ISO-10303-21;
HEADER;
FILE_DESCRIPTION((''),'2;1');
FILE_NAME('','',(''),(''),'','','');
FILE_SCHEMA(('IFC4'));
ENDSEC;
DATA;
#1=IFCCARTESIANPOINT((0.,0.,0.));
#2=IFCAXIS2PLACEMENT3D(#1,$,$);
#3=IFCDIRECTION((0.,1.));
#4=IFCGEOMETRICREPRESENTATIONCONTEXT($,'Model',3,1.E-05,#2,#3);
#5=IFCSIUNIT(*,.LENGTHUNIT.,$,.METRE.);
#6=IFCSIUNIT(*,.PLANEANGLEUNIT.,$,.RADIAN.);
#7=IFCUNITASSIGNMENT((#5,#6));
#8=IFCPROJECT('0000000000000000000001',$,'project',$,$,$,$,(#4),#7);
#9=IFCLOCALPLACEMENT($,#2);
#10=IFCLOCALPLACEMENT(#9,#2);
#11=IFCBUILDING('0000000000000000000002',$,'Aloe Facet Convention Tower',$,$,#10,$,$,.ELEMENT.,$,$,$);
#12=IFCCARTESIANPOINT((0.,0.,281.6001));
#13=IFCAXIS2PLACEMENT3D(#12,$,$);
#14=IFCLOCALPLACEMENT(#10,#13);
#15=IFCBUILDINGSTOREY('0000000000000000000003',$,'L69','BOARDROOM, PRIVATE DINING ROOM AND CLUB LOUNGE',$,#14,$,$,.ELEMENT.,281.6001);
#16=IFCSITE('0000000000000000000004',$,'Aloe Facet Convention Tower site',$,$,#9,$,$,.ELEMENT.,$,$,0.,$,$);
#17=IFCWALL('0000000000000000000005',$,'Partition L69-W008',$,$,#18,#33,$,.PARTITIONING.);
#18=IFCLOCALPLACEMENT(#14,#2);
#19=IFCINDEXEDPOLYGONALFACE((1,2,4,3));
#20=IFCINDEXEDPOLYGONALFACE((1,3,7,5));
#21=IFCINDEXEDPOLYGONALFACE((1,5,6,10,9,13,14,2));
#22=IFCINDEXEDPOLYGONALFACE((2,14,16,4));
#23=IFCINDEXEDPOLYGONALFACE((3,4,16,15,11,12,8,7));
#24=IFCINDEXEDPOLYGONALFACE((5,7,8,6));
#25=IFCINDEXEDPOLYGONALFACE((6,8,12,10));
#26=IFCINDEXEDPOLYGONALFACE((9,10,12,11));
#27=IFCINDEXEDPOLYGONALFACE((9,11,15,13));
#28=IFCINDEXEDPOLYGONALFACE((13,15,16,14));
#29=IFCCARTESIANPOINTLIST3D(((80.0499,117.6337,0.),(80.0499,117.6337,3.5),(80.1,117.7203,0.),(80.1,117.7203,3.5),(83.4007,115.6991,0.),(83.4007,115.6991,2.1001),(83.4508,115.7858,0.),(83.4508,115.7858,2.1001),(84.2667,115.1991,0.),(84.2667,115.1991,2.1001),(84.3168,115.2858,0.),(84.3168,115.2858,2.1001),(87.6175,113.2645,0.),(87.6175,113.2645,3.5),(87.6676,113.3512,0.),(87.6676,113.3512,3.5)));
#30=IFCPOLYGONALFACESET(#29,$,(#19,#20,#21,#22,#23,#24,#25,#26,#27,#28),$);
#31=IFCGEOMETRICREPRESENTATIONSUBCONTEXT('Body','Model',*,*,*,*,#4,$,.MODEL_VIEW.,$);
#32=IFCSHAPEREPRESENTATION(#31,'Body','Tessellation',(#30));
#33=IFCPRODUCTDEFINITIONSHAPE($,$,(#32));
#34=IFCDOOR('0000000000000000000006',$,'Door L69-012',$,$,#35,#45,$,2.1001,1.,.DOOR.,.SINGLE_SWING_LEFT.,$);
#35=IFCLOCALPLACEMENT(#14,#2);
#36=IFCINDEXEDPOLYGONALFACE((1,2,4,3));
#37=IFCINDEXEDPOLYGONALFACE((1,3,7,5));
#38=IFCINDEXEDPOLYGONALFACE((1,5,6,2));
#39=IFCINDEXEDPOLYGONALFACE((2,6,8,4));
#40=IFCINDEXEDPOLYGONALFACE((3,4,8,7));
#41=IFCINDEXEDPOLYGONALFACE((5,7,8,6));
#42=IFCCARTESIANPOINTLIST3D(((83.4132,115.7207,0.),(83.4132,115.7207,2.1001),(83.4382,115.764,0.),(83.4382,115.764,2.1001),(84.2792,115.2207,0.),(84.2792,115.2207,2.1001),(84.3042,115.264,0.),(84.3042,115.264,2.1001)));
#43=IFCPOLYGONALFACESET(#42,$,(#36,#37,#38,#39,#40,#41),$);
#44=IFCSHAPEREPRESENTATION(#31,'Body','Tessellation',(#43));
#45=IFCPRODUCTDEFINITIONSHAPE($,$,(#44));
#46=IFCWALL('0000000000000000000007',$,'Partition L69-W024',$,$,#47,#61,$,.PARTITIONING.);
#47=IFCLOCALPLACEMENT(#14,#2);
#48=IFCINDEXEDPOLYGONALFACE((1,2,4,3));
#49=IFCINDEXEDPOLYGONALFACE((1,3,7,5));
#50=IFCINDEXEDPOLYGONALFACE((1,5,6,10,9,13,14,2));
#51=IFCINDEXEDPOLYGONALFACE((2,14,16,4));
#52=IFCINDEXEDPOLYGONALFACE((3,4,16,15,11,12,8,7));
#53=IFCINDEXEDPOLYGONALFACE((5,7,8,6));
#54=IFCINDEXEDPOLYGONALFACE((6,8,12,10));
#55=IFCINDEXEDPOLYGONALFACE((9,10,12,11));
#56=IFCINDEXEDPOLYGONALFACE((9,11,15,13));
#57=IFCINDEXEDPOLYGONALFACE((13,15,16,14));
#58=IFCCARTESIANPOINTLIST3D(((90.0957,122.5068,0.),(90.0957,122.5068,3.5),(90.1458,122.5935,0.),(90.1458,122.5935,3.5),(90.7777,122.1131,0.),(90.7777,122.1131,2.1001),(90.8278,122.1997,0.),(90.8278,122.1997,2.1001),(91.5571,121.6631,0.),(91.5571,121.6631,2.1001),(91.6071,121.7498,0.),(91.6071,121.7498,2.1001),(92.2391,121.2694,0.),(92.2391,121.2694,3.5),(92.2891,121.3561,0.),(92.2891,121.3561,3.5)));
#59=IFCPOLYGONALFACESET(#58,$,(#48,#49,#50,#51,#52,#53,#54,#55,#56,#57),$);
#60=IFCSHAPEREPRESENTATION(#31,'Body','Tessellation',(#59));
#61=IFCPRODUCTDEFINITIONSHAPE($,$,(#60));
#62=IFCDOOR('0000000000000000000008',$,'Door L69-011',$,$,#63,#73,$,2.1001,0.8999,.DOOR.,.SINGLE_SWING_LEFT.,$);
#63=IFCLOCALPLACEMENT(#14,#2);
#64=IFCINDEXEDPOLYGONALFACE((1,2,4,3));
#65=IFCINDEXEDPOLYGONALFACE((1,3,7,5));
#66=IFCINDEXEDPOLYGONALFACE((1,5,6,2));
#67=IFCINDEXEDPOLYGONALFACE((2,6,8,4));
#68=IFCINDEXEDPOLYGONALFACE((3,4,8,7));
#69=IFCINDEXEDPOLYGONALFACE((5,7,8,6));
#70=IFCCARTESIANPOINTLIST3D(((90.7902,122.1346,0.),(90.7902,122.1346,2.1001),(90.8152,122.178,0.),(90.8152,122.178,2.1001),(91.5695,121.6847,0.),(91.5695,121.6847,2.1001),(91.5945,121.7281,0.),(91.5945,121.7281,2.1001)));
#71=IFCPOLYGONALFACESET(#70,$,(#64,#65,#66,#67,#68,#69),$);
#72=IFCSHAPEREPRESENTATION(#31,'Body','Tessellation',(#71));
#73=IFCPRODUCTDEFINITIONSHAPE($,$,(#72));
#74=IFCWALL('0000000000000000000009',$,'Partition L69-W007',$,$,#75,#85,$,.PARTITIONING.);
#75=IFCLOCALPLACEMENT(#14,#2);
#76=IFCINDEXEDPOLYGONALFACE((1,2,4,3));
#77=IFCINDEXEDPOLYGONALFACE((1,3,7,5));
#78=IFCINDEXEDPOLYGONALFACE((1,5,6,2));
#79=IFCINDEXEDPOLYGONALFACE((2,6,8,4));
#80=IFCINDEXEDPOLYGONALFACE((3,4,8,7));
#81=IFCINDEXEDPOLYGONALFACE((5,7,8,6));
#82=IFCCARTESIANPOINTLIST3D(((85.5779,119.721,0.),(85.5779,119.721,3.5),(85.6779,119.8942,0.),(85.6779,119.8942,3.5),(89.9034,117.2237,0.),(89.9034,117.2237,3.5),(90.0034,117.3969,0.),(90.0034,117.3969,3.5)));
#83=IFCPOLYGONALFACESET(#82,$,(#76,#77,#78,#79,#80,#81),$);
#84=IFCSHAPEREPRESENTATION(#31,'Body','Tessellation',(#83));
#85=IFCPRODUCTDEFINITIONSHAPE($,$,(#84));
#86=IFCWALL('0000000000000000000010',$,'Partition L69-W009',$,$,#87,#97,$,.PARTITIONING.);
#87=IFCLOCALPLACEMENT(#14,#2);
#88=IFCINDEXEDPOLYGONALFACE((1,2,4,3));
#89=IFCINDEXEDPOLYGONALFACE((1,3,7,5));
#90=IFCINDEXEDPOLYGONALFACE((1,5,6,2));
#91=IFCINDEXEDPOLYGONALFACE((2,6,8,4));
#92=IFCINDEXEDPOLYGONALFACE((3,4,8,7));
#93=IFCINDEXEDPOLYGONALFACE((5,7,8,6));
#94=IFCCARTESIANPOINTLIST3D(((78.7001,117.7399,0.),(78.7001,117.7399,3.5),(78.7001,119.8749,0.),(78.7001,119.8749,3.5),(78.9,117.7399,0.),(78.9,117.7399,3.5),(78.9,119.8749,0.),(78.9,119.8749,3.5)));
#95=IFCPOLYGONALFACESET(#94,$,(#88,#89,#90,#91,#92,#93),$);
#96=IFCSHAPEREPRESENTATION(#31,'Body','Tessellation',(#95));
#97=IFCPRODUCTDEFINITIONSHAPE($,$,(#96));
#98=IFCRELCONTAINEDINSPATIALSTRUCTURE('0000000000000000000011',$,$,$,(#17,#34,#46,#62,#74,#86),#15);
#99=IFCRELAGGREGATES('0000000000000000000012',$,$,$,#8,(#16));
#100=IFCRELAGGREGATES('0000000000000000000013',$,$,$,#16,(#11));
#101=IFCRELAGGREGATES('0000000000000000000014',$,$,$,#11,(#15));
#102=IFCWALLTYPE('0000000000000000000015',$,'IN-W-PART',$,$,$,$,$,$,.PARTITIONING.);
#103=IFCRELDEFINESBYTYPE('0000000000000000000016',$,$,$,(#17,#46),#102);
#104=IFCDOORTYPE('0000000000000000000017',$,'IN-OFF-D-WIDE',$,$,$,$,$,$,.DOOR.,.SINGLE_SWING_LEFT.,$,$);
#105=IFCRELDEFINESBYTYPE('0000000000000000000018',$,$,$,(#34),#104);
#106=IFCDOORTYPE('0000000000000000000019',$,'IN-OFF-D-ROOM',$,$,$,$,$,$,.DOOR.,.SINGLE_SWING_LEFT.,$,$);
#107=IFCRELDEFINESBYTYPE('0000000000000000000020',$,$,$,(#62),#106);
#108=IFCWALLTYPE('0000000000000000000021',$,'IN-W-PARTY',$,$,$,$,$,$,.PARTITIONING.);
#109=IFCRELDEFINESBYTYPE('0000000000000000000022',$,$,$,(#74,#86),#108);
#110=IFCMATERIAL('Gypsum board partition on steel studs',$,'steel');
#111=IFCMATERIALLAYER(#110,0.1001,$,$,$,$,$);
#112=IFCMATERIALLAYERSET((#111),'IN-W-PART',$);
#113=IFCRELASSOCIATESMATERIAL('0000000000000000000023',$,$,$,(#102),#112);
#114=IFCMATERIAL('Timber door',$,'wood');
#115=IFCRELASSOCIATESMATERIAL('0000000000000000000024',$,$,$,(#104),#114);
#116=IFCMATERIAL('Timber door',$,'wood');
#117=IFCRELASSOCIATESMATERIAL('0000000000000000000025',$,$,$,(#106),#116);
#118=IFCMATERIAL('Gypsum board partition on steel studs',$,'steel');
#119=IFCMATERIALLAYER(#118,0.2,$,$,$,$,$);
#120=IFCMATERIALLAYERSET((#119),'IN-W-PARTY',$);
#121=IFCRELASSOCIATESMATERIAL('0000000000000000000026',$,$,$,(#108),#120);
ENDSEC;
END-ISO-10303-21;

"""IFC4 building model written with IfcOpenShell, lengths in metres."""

from ifc_helpers import new_model, si_unit, direction, frame, frame_2d, origin, place, context, subcontext, project, spatial, rectangle, extrude, material, layer, layer_set, type_object, element, fill, save


model = new_model("IFC4")

# Units and contexts
model_context = context("Model", 3, precision=1e-05, world=origin(), true_north=direction((0.0, 1.0)))
body_context = subcontext(model_context, "Body", "Model", "MODEL_VIEW")
ifc_project = project(units=[si_unit("LENGTHUNIT", "METRE"), si_unit("PLANEANGLEUNIT", "RADIAN")], contexts=[model_context])

# Site, building, storey
site_placement = place(None, origin())
site = spatial("IfcSite", under=ifc_project, at=site_placement, Name="Aloe Facet Convention Tower site", CompositionType="ELEMENT", RefElevation=0.0)
building_placement = place(site_placement, origin())
building = spatial("IfcBuilding", under=site, at=building_placement, Name="Aloe Facet Convention Tower", CompositionType="ELEMENT")
storey_placement = place(building_placement, frame((0.0, 0.0, 281.6001)))
storey = spatial("IfcBuildingStorey", under=building, at=storey_placement, Name="L69", Description="BOARDROOM, PRIVATE DINING ROOM AND CLUB LOUNGE", CompositionType="ELEMENT", Elevation=281.6001)

# Shared definitions
ifc_material_1 = material(Name="Gypsum board partition on steel studs", Category="steel")
ifc_layer_1 = layer(ifc_material_1, 0.1001)
ifc_layer_set_1 = layer_set([ifc_layer_1], Name="IN-W-PART")
wall_type_1 = type_object("IfcWallType", Name="IN-W-PART", PredefinedType="PARTITIONING", material=ifc_layer_set_1)

# Walls, openings, doors
wall_1_placement = place(storey_placement, frame((80.075, 117.677, 0.0), z_axis=(0.0, 0.0, 1.0), x_axis=(0.866027, -0.499997, 0.0)))
wall_1 = element("IfcWall", 1, at=wall_1_placement, inside=storey, type_object=wall_type_1, Name="Partition L69-W008", PredefinedType="PARTITIONING", context=body_context, shape_type="SweptSolid", body=[
    extrude(rectangle(XDim=8.7383, YDim=0.1001, at=frame_2d((4.3691, 0.0))), origin(), (0.0, 0.0, 1.0), 3.5),
])
opening_1_placement = place(wall_1_placement, frame((3.8691, 0.0, 0.0)))
opening_1 = element("IfcOpeningElement", 2, at=opening_1_placement, cuts=wall_1, PredefinedType="OPENING", context=body_context, shape_type="SweptSolid", body=[
    extrude(rectangle(XDim=1.0, YDim=2.1001, at=frame_2d((0.5, 1.05))), frame((0.0, 0.0601, 0.0), z_axis=(0.0, -1.0, 0.0), x_axis=(1.0, 0.0, 0.0)), (0.0, 0.0, 1.0), 0.1201),
])
ifc_material_2 = material(Name="Timber door", Category="wood")
door_type_1 = type_object("IfcDoorType", Name="IN-OFF-D-WIDE", OperationType="SINGLE_SWING_LEFT", PredefinedType="DOOR", material=ifc_material_2)
door_1_placement = place(opening_1_placement, origin())
door_1 = element("IfcDoor", 3, at=door_1_placement, inside=storey, type_object=door_type_1, Name="Door L69-012", OperationType="SINGLE_SWING_LEFT", OverallHeight=2.1001, OverallWidth=1.0, PredefinedType="DOOR", context=body_context, shape_type="SweptSolid", body=[
    extrude(rectangle(XDim=1.0, YDim=2.1001, at=frame_2d((0.5, 1.05))), frame((0.0, 0.0249, 0.0), z_axis=(0.0, -1.0, 0.0), x_axis=(1.0, 0.0, 0.0)), (0.0, 0.0, 1.0), 0.05),
])
fill(opening_1, door_1)
wall_2_placement = place(storey_placement, frame((90.1208, 122.55, 0.0), z_axis=(0.0, 0.0, 1.0), x_axis=(0.866049, -0.499959, 0.0)))
wall_2 = element("IfcWall", 4, at=wall_2_placement, inside=storey, type_object=wall_type_1, Name="Partition L69-W024", PredefinedType="PARTITIONING", context=body_context, shape_type="SweptSolid", body=[
    extrude(rectangle(XDim=2.4749, YDim=0.1001, at=frame_2d((1.2373, 0.0))), origin(), (0.0, 0.0, 1.0), 3.5),
])
opening_2_placement = place(wall_2_placement, frame((0.7874, 0.0, 0.0)))
opening_2 = element("IfcOpeningElement", 5, at=opening_2_placement, cuts=wall_2, PredefinedType="OPENING", context=body_context, shape_type="SweptSolid", body=[
    extrude(rectangle(XDim=0.8999, YDim=2.1001, at=frame_2d((0.45, 1.05))), frame((0.0, 0.0601, 0.0), z_axis=(0.0, -1.0, 0.0), x_axis=(1.0, 0.0, 0.0)), (0.0, 0.0, 1.0), 0.1201),
])
ifc_material_3 = material(Name="Timber door", Category="wood")
door_type_2 = type_object("IfcDoorType", Name="IN-OFF-D-ROOM", OperationType="SINGLE_SWING_LEFT", PredefinedType="DOOR", material=ifc_material_3)
door_2_placement = place(opening_2_placement, origin())
door_2 = element("IfcDoor", 6, at=door_2_placement, inside=storey, type_object=door_type_2, Name="Door L69-011", OperationType="SINGLE_SWING_LEFT", OverallHeight=2.1001, OverallWidth=0.8999, PredefinedType="DOOR", context=body_context, shape_type="SweptSolid", body=[
    extrude(rectangle(XDim=0.8999, YDim=2.1001, at=frame_2d((0.45, 1.05))), frame((0.0, 0.0249, 0.0), z_axis=(0.0, -1.0, 0.0), x_axis=(1.0, 0.0, 0.0)), (0.0, 0.0, 1.0), 0.05),
])
fill(opening_2, door_2)

# Walls
ifc_material_4 = material(Name="Gypsum board partition on steel studs", Category="steel")
ifc_layer_2 = layer(ifc_material_4, 0.2)
ifc_layer_set_2 = layer_set([ifc_layer_2], Name="IN-W-PARTY")
wall_type_2 = type_object("IfcWallType", Name="IN-W-PARTY", PredefinedType="PARTITIONING", material=ifc_layer_set_2)
wall_3_placement = place(storey_placement, frame((85.6279, 119.8076, 0.0), z_axis=(0.0, 0.0, 1.0), x_axis=(0.866024, -0.500003, 0.0)))
element("IfcWall", 7, at=wall_3_placement, inside=storey, type_object=wall_type_2, Name="Partition L69-W007", PredefinedType="PARTITIONING", context=body_context, shape_type="SweptSolid", body=[
    extrude(rectangle(XDim=4.9946, YDim=0.2, at=frame_2d((2.4973, 0.0))), origin(), (0.0, 0.0, 1.0), 3.5),
])
wall_4_placement = place(storey_placement, frame((78.8, 117.74, 0.0), z_axis=(0.0, 0.0, 1.0), x_axis=(0.0, 1.0, 0.0)))
element("IfcWall", 8, at=wall_4_placement, inside=storey, type_object=wall_type_2, Name="Partition L69-W009", PredefinedType="PARTITIONING", context=body_context, shape_type="SweptSolid", body=[
    extrude(rectangle(XDim=2.135, YDim=0.2, at=frame_2d((1.0674, 0.0))), origin(), (0.0, 0.0, 1.0), 3.5),
])

save(model, "model.ifc")
